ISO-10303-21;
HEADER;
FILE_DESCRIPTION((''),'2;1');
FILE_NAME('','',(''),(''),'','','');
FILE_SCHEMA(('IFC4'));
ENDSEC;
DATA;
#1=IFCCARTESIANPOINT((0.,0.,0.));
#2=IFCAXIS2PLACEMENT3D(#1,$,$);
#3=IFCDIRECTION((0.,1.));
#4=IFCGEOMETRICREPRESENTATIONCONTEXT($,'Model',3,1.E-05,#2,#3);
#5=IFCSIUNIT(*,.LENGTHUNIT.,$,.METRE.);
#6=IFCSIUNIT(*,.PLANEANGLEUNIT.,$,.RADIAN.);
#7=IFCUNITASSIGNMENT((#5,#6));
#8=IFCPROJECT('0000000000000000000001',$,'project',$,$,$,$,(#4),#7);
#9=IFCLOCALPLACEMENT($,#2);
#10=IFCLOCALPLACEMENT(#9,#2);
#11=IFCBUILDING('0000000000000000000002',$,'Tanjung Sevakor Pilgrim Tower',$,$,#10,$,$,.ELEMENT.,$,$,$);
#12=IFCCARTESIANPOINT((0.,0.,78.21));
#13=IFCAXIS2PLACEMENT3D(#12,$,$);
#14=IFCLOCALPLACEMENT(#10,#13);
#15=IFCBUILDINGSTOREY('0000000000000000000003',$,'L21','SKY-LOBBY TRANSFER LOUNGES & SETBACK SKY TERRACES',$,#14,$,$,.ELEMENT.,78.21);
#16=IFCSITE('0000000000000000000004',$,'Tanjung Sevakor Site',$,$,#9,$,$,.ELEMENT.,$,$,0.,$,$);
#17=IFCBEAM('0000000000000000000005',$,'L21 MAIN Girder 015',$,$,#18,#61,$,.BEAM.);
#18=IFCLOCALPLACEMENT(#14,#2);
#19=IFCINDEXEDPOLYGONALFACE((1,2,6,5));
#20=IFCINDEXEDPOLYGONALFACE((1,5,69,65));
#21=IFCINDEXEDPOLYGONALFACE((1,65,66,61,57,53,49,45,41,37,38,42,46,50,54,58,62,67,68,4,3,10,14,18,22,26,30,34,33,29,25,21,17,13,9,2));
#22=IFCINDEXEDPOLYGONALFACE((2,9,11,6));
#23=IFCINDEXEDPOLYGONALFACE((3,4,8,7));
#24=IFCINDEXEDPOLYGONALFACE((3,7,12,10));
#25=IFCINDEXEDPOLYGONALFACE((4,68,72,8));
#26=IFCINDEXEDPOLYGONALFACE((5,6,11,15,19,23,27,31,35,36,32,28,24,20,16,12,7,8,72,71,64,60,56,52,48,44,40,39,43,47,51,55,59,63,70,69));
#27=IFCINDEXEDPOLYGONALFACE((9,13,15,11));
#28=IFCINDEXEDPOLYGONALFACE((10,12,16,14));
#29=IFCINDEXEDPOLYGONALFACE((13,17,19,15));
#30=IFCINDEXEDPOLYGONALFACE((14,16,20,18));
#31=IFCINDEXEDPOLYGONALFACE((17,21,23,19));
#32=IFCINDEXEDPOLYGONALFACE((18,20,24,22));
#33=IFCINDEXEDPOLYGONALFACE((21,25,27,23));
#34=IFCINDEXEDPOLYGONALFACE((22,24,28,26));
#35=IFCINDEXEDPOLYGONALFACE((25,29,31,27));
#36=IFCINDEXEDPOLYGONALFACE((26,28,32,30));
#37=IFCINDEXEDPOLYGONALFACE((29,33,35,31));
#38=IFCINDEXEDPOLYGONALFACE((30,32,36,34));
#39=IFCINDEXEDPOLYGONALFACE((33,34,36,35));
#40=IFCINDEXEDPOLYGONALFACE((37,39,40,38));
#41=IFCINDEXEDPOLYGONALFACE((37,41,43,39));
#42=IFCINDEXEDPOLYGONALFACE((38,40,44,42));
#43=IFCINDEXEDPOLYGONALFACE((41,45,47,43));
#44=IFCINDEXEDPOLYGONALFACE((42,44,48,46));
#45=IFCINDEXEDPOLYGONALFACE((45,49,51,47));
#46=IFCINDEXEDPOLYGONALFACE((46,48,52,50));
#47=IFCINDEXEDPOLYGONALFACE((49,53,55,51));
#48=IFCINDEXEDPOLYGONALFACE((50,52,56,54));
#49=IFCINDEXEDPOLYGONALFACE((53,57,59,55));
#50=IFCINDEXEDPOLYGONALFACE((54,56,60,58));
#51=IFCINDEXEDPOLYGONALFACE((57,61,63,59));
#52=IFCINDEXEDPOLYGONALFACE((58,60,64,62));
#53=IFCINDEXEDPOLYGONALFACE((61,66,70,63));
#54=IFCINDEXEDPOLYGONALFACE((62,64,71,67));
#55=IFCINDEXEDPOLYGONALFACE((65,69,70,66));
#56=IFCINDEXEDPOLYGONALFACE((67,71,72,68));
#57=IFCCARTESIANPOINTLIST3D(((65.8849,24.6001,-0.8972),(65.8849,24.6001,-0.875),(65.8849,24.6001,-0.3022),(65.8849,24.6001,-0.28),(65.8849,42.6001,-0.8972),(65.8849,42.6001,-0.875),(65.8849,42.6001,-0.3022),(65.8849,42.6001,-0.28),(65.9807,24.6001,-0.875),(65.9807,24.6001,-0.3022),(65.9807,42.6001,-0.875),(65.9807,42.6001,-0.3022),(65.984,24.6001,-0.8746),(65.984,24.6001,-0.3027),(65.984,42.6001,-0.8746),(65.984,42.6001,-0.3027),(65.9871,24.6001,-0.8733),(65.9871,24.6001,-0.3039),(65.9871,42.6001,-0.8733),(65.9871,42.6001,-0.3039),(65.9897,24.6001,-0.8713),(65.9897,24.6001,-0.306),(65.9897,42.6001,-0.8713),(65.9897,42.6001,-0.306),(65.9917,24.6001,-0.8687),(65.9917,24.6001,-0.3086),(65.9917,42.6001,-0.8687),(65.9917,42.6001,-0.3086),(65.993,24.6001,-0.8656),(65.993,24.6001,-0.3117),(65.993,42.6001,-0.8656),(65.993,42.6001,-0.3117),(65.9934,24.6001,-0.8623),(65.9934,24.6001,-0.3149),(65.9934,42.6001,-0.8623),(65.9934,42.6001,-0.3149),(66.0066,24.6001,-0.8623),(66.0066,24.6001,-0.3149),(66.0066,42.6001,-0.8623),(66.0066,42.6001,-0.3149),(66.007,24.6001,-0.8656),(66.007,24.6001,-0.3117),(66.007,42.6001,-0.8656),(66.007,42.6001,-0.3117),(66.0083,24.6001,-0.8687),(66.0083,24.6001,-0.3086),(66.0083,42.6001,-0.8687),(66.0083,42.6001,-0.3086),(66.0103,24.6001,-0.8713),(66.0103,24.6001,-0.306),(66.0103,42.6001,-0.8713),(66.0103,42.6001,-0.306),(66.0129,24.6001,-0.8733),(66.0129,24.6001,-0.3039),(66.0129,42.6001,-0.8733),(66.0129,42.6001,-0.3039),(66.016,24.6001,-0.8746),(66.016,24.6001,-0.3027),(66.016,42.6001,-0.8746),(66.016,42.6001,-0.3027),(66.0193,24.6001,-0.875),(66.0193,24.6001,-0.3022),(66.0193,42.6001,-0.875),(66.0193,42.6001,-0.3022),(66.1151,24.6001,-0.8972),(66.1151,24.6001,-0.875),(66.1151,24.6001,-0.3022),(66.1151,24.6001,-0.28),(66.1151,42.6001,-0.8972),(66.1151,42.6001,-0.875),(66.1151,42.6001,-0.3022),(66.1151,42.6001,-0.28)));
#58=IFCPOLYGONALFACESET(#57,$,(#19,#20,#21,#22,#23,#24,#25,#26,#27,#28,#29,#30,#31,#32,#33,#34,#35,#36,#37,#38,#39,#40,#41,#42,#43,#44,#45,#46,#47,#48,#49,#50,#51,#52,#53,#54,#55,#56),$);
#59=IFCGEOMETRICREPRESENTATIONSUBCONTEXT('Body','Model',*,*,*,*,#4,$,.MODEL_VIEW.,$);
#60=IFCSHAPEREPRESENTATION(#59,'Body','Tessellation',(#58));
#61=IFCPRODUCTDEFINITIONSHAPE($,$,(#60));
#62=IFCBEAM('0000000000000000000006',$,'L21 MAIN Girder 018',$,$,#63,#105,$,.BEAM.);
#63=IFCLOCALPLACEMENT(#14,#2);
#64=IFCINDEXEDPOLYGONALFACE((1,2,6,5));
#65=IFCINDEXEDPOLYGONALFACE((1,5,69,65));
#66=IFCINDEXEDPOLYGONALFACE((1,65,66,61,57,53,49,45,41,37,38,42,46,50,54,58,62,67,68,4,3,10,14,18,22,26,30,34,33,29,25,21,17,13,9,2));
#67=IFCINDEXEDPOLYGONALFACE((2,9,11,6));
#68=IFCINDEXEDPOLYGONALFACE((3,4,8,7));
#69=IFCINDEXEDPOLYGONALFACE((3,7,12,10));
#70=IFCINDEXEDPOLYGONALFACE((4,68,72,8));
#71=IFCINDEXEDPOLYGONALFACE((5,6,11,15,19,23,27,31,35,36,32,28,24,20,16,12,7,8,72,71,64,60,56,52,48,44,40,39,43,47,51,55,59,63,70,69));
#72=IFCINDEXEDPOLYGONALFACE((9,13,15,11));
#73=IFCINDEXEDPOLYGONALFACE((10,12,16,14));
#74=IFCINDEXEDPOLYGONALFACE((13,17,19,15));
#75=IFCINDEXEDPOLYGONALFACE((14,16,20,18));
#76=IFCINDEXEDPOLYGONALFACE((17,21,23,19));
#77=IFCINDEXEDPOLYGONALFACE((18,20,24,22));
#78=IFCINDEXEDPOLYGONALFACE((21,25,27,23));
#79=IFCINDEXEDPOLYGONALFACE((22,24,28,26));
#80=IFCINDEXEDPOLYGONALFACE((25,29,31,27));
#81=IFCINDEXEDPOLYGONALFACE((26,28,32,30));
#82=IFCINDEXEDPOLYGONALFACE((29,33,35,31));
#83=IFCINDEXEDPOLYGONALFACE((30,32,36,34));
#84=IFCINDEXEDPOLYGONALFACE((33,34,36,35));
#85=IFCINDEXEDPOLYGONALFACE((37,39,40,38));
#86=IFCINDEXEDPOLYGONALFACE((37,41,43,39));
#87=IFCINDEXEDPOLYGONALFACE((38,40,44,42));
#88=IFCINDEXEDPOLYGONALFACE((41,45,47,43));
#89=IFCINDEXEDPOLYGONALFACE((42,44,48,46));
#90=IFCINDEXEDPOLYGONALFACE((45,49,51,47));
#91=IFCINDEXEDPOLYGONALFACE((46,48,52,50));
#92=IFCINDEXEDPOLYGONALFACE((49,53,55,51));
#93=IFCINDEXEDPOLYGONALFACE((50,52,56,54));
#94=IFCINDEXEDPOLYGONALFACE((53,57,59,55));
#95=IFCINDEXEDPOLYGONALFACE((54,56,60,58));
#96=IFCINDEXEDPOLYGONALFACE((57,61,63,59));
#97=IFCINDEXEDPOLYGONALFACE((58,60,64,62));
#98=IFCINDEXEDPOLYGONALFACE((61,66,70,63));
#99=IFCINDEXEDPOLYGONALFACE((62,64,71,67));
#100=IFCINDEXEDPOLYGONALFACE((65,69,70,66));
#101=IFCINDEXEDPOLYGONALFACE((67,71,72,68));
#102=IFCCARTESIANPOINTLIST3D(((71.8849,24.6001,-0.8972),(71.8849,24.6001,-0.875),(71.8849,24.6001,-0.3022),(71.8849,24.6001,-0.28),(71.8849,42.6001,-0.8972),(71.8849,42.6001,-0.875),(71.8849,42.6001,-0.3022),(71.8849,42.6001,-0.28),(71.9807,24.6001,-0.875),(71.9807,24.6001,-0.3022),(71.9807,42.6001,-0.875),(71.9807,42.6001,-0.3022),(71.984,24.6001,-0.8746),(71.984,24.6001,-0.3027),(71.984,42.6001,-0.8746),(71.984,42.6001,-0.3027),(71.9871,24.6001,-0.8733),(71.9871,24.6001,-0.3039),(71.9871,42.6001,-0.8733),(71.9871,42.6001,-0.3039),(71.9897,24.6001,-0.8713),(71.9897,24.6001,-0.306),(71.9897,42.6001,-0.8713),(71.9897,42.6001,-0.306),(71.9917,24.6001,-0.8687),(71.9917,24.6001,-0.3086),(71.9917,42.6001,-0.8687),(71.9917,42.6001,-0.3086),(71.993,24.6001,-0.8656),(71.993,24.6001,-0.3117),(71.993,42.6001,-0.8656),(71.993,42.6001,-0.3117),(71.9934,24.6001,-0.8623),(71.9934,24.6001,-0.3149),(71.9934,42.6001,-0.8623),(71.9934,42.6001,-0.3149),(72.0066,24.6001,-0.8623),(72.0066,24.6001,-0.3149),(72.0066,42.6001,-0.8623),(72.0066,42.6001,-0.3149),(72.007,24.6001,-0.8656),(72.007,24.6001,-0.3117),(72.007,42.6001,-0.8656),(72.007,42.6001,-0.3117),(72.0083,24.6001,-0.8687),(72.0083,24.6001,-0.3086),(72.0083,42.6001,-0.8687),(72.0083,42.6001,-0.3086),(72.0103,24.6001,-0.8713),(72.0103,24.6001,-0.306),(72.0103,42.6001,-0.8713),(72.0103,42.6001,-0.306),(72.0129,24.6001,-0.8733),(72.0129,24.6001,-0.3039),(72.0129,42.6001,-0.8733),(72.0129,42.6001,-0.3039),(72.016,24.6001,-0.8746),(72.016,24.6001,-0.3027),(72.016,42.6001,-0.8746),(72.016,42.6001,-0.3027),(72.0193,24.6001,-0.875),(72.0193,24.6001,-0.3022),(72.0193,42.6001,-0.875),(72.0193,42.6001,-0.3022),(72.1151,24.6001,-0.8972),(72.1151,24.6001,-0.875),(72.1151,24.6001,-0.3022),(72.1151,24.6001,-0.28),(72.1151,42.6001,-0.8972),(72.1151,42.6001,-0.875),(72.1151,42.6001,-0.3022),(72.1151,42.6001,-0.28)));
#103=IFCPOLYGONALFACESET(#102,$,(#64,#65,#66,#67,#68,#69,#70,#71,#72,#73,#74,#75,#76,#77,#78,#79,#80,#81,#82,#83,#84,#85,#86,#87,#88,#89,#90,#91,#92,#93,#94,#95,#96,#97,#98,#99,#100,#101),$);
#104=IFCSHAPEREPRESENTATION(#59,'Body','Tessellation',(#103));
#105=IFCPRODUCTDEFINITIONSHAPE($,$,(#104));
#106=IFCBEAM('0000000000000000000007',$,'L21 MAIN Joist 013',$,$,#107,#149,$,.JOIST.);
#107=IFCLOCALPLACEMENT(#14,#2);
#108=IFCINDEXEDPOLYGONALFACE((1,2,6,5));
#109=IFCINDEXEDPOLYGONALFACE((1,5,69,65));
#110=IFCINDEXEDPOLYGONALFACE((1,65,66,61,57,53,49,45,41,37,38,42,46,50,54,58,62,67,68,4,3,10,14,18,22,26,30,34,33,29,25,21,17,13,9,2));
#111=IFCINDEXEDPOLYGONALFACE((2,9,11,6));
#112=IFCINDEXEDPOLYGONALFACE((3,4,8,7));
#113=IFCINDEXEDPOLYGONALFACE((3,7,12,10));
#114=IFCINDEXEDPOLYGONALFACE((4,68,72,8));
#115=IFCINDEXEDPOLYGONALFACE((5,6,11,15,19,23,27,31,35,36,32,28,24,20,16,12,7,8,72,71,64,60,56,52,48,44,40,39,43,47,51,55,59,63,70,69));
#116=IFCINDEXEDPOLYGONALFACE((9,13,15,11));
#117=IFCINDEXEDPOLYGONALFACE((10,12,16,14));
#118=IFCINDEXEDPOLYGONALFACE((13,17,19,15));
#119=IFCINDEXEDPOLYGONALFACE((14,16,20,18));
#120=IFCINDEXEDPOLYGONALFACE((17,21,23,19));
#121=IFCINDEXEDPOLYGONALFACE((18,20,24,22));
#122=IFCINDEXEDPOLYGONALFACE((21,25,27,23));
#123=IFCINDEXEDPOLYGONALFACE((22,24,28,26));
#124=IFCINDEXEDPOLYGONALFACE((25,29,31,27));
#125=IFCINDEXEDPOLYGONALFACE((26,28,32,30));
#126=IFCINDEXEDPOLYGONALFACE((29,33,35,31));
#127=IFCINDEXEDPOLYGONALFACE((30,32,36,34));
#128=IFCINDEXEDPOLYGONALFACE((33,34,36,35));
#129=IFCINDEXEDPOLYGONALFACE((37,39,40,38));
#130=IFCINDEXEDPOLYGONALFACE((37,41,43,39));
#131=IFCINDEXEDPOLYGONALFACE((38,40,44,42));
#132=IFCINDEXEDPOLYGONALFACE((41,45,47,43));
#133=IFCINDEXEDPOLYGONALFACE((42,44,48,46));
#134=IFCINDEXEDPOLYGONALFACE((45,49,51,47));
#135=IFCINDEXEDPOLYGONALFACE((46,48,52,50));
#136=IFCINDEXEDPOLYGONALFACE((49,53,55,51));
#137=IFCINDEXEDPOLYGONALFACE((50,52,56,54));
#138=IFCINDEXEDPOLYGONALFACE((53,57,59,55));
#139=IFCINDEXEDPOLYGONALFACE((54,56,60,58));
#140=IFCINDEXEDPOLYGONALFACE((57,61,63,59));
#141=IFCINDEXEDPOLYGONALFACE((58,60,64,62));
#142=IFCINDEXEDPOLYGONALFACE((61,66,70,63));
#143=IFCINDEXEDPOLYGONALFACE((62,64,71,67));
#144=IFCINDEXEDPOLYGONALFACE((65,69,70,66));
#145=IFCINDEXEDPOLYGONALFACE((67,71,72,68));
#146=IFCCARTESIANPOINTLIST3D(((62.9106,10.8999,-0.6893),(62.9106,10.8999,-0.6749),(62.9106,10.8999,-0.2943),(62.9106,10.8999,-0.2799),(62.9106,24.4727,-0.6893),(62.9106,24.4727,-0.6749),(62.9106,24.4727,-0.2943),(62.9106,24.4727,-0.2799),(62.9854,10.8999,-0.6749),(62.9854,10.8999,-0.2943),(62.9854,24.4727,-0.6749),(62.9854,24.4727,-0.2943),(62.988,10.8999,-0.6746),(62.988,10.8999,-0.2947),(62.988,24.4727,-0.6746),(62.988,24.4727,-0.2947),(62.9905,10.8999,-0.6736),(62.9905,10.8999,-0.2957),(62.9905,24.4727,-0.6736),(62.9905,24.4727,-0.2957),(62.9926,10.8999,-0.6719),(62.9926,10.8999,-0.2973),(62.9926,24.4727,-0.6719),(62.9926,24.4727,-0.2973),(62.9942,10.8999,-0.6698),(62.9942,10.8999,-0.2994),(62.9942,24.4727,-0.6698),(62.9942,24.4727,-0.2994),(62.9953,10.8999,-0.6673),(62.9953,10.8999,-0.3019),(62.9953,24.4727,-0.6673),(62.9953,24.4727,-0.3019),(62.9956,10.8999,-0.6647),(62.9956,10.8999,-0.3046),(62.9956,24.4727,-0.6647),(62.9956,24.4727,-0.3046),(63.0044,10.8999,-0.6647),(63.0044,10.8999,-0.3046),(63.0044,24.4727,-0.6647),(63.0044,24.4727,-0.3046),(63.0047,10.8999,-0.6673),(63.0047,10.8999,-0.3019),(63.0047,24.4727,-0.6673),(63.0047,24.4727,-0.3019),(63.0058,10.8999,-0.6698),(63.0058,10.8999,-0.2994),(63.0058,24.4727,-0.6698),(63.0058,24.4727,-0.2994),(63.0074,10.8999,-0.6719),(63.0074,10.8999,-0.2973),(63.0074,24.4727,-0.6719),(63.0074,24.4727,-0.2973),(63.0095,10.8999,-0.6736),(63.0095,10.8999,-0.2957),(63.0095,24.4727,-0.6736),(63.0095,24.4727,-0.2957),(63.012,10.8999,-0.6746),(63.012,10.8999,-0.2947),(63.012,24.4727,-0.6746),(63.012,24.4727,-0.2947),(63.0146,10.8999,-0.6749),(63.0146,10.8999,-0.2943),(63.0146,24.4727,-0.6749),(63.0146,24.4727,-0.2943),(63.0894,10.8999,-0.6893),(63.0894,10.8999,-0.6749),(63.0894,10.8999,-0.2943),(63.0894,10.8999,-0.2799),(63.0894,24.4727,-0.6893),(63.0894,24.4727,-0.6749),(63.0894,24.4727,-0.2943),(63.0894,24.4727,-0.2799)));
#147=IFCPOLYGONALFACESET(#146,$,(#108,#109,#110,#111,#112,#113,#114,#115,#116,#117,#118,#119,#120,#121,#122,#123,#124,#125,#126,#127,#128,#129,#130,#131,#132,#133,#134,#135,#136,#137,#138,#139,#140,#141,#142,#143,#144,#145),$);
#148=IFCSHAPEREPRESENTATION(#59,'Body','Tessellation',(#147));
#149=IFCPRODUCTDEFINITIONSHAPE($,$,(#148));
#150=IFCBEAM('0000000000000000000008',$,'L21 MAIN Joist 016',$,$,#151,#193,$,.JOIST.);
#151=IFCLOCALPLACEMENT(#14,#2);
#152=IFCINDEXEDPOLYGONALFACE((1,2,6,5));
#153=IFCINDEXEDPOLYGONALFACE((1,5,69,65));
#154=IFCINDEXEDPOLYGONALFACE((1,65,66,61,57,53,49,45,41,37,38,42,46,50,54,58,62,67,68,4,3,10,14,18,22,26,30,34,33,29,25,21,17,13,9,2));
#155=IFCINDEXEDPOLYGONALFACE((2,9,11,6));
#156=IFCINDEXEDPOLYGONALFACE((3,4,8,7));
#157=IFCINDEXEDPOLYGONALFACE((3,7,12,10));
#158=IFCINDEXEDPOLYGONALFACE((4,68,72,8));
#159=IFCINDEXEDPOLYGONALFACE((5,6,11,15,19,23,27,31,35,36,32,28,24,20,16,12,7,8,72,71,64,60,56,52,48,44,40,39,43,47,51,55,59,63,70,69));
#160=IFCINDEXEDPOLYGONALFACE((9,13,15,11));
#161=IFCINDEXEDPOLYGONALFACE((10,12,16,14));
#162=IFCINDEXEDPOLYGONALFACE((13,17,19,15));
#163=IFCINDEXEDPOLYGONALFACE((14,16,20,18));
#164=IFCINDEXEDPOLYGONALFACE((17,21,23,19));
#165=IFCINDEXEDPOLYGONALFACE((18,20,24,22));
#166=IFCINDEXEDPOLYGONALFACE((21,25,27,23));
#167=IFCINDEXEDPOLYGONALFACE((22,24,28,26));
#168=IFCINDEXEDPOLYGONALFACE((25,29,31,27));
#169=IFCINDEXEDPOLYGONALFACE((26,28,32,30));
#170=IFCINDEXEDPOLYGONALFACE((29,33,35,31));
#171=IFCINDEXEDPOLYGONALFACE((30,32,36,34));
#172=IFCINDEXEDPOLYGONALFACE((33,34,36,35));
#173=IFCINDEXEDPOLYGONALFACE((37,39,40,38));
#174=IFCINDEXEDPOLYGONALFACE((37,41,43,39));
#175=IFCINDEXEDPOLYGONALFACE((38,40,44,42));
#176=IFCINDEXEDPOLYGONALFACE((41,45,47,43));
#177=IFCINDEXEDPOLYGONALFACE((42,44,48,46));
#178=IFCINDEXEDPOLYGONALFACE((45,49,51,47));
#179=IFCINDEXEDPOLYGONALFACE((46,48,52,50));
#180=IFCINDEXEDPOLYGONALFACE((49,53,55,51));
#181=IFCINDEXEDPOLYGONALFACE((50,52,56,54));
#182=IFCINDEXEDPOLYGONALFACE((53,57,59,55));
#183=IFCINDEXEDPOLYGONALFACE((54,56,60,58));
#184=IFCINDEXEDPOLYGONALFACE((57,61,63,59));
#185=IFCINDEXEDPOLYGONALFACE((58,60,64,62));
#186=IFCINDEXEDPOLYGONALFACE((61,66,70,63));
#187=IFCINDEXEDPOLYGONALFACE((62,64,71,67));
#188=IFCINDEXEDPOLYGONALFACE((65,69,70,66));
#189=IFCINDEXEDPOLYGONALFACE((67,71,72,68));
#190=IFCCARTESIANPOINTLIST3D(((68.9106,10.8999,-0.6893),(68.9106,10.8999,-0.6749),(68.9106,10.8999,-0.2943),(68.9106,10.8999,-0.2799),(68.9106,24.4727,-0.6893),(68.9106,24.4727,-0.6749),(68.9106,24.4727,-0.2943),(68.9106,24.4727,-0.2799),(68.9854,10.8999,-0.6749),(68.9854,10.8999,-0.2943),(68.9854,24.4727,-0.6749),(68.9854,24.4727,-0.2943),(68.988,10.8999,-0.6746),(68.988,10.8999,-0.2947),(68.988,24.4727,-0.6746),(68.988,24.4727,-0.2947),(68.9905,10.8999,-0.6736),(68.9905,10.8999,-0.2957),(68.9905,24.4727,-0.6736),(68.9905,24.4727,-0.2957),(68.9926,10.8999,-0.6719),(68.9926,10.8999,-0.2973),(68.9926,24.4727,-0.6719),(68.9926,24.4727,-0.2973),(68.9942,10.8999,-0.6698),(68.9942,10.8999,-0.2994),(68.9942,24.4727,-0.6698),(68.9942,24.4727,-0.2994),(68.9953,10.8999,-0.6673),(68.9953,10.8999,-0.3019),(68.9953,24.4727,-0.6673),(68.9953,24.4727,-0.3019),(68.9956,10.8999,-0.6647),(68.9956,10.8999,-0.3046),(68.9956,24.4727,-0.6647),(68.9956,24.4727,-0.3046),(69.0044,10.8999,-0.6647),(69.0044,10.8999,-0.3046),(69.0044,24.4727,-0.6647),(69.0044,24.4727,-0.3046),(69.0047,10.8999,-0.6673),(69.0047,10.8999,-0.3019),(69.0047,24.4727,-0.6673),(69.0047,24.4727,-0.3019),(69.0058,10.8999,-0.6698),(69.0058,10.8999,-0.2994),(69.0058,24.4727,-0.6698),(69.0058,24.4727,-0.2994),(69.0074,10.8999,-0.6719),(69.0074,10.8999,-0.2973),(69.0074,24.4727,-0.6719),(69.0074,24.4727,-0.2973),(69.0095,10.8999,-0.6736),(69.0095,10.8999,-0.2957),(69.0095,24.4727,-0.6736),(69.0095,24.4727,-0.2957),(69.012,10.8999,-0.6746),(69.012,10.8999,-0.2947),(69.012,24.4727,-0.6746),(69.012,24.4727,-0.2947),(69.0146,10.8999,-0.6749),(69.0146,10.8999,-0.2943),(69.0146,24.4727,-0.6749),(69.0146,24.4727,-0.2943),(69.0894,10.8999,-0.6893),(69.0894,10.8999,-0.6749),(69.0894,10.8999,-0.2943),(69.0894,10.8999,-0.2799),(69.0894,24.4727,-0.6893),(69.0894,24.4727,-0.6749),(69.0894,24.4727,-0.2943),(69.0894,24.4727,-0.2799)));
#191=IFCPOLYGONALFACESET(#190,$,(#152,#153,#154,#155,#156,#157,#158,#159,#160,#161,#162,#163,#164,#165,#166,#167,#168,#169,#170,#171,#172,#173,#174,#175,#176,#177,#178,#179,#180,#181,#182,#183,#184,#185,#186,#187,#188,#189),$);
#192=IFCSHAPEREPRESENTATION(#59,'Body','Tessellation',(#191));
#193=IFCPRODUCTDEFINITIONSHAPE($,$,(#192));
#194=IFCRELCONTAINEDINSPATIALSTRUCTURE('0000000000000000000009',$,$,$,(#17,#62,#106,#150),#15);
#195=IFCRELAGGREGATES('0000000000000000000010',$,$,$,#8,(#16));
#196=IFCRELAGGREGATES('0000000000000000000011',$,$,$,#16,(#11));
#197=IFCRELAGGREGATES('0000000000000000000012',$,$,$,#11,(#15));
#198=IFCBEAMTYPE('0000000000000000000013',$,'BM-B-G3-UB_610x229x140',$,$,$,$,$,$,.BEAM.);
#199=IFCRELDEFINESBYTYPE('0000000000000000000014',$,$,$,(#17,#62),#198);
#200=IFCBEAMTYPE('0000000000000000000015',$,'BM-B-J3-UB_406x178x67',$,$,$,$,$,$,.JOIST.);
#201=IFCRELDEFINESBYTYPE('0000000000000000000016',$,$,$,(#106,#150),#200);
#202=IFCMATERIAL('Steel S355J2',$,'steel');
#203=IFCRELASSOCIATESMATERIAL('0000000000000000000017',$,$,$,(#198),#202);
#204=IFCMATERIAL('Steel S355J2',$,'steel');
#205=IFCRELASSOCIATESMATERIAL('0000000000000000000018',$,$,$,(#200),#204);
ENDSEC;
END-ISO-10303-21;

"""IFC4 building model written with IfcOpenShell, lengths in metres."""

from ifc_helpers import new_model, si_unit, direction, frame, origin, origin_2d, place, context, subcontext, project, spatial, i_section, extrude, material, material_profile, profile_set, type_object, element, save


model = new_model("IFC4")

# Units and contexts
model_context = context("Model", 3, precision=1e-05, world=origin(), true_north=direction((0.0, 1.0)))
body_context = subcontext(model_context, "Body", "Model", "MODEL_VIEW")
ifc_project = project(units=[si_unit("LENGTHUNIT", "METRE"), si_unit("PLANEANGLEUNIT", "RADIAN")], contexts=[model_context])

# Site, building, storey
site_placement = place(None, origin())
site = spatial("IfcSite", under=ifc_project, at=site_placement, Name="Tanjung Sevakor Site", CompositionType="ELEMENT", RefElevation=0.0)
building_placement = place(site_placement, origin())
building = spatial("IfcBuilding", under=site, at=building_placement, Name="Tanjung Sevakor Pilgrim Tower", CompositionType="ELEMENT")
storey_placement = place(building_placement, frame((0.0, 0.0, 78.21)))
storey = spatial("IfcBuildingStorey", under=building, at=storey_placement, Name="L21", Description="SKY-LOBBY TRANSFER LOUNGES & SETBACK SKY TERRACES", CompositionType="ELEMENT", Elevation=78.21)

# Beams
ifc_material_1 = material(Name="Steel S355J2", Category="steel")
ifc_material_profile_1 = material_profile(ifc_material_1, i_section(OverallWidth=0.2302, OverallDepth=0.6172, WebThickness=0.0132, FlangeThickness=0.0222, FilletRadius=0.0127, at=origin_2d()))
ifc_profile_set_1 = profile_set([ifc_material_profile_1], Name="Steel S355J2")
beam_type_1 = type_object("IfcBeamType", Name="BM-B-G3-UB_610x229x140", PredefinedType="BEAM", material=ifc_profile_set_1)
for number, where, z_axis, x_axis, name in (
    (1, (66.0, 24.6001, -0.5886), (0.0, 1.0, 0.0), (-1.0, 0.0, 0.0), "L21 MAIN Girder 015"),
    (2, (72.0, 24.6001, -0.5886), (0.0, 1.0, 0.0), (-1.0, 0.0, 0.0), "L21 MAIN Girder 018"),
):
    element("IfcBeam", number, at=place(storey_placement, frame(where, z_axis=z_axis, x_axis=x_axis)), inside=storey, type_object=beam_type_1, Name=name, PredefinedType="BEAM", context=body_context, shape_type="SweptSolid", body=[
        extrude(i_section(OverallWidth=0.2302, OverallDepth=0.6172, WebThickness=0.0132, FlangeThickness=0.0222, FilletRadius=0.0127, at=origin_2d()), origin(), (0.0, 0.0, 1.0), 18.0),
    ])
ifc_material_2 = material(Name="Steel S355J2", Category="steel")
ifc_material_profile_2 = material_profile(ifc_material_2, i_section(OverallWidth=0.1787, OverallDepth=0.4094, WebThickness=0.0088, FlangeThickness=0.0144, FilletRadius=0.0103, at=origin_2d()))
ifc_profile_set_2 = profile_set([ifc_material_profile_2], Name="Steel S355J2")
beam_type_2 = type_object("IfcBeamType", Name="BM-B-J3-UB_406x178x67", PredefinedType="JOIST", material=ifc_profile_set_2)
for number, where, z_axis, x_axis, name in (
    (3, (63.0, 10.8999, -0.4846), (0.0, 1.0, 0.0), (-1.0, 0.0, 0.0), "L21 MAIN Joist 013"),
    (4, (69.0, 10.8999, -0.4846), (0.0, 1.0, 0.0), (-1.0, 0.0, 0.0), "L21 MAIN Joist 016"),
):
    element("IfcBeam", number, at=place(storey_placement, frame(where, z_axis=z_axis, x_axis=x_axis)), inside=storey, type_object=beam_type_2, Name=name, PredefinedType="JOIST", context=body_context, shape_type="SweptSolid", body=[
        extrude(i_section(OverallWidth=0.1787, OverallDepth=0.4094, WebThickness=0.0088, FlangeThickness=0.0144, FilletRadius=0.0103, at=origin_2d()), origin(), (0.0, 0.0, 1.0), 13.5728),
    ])

save(model, "model.ifc")
